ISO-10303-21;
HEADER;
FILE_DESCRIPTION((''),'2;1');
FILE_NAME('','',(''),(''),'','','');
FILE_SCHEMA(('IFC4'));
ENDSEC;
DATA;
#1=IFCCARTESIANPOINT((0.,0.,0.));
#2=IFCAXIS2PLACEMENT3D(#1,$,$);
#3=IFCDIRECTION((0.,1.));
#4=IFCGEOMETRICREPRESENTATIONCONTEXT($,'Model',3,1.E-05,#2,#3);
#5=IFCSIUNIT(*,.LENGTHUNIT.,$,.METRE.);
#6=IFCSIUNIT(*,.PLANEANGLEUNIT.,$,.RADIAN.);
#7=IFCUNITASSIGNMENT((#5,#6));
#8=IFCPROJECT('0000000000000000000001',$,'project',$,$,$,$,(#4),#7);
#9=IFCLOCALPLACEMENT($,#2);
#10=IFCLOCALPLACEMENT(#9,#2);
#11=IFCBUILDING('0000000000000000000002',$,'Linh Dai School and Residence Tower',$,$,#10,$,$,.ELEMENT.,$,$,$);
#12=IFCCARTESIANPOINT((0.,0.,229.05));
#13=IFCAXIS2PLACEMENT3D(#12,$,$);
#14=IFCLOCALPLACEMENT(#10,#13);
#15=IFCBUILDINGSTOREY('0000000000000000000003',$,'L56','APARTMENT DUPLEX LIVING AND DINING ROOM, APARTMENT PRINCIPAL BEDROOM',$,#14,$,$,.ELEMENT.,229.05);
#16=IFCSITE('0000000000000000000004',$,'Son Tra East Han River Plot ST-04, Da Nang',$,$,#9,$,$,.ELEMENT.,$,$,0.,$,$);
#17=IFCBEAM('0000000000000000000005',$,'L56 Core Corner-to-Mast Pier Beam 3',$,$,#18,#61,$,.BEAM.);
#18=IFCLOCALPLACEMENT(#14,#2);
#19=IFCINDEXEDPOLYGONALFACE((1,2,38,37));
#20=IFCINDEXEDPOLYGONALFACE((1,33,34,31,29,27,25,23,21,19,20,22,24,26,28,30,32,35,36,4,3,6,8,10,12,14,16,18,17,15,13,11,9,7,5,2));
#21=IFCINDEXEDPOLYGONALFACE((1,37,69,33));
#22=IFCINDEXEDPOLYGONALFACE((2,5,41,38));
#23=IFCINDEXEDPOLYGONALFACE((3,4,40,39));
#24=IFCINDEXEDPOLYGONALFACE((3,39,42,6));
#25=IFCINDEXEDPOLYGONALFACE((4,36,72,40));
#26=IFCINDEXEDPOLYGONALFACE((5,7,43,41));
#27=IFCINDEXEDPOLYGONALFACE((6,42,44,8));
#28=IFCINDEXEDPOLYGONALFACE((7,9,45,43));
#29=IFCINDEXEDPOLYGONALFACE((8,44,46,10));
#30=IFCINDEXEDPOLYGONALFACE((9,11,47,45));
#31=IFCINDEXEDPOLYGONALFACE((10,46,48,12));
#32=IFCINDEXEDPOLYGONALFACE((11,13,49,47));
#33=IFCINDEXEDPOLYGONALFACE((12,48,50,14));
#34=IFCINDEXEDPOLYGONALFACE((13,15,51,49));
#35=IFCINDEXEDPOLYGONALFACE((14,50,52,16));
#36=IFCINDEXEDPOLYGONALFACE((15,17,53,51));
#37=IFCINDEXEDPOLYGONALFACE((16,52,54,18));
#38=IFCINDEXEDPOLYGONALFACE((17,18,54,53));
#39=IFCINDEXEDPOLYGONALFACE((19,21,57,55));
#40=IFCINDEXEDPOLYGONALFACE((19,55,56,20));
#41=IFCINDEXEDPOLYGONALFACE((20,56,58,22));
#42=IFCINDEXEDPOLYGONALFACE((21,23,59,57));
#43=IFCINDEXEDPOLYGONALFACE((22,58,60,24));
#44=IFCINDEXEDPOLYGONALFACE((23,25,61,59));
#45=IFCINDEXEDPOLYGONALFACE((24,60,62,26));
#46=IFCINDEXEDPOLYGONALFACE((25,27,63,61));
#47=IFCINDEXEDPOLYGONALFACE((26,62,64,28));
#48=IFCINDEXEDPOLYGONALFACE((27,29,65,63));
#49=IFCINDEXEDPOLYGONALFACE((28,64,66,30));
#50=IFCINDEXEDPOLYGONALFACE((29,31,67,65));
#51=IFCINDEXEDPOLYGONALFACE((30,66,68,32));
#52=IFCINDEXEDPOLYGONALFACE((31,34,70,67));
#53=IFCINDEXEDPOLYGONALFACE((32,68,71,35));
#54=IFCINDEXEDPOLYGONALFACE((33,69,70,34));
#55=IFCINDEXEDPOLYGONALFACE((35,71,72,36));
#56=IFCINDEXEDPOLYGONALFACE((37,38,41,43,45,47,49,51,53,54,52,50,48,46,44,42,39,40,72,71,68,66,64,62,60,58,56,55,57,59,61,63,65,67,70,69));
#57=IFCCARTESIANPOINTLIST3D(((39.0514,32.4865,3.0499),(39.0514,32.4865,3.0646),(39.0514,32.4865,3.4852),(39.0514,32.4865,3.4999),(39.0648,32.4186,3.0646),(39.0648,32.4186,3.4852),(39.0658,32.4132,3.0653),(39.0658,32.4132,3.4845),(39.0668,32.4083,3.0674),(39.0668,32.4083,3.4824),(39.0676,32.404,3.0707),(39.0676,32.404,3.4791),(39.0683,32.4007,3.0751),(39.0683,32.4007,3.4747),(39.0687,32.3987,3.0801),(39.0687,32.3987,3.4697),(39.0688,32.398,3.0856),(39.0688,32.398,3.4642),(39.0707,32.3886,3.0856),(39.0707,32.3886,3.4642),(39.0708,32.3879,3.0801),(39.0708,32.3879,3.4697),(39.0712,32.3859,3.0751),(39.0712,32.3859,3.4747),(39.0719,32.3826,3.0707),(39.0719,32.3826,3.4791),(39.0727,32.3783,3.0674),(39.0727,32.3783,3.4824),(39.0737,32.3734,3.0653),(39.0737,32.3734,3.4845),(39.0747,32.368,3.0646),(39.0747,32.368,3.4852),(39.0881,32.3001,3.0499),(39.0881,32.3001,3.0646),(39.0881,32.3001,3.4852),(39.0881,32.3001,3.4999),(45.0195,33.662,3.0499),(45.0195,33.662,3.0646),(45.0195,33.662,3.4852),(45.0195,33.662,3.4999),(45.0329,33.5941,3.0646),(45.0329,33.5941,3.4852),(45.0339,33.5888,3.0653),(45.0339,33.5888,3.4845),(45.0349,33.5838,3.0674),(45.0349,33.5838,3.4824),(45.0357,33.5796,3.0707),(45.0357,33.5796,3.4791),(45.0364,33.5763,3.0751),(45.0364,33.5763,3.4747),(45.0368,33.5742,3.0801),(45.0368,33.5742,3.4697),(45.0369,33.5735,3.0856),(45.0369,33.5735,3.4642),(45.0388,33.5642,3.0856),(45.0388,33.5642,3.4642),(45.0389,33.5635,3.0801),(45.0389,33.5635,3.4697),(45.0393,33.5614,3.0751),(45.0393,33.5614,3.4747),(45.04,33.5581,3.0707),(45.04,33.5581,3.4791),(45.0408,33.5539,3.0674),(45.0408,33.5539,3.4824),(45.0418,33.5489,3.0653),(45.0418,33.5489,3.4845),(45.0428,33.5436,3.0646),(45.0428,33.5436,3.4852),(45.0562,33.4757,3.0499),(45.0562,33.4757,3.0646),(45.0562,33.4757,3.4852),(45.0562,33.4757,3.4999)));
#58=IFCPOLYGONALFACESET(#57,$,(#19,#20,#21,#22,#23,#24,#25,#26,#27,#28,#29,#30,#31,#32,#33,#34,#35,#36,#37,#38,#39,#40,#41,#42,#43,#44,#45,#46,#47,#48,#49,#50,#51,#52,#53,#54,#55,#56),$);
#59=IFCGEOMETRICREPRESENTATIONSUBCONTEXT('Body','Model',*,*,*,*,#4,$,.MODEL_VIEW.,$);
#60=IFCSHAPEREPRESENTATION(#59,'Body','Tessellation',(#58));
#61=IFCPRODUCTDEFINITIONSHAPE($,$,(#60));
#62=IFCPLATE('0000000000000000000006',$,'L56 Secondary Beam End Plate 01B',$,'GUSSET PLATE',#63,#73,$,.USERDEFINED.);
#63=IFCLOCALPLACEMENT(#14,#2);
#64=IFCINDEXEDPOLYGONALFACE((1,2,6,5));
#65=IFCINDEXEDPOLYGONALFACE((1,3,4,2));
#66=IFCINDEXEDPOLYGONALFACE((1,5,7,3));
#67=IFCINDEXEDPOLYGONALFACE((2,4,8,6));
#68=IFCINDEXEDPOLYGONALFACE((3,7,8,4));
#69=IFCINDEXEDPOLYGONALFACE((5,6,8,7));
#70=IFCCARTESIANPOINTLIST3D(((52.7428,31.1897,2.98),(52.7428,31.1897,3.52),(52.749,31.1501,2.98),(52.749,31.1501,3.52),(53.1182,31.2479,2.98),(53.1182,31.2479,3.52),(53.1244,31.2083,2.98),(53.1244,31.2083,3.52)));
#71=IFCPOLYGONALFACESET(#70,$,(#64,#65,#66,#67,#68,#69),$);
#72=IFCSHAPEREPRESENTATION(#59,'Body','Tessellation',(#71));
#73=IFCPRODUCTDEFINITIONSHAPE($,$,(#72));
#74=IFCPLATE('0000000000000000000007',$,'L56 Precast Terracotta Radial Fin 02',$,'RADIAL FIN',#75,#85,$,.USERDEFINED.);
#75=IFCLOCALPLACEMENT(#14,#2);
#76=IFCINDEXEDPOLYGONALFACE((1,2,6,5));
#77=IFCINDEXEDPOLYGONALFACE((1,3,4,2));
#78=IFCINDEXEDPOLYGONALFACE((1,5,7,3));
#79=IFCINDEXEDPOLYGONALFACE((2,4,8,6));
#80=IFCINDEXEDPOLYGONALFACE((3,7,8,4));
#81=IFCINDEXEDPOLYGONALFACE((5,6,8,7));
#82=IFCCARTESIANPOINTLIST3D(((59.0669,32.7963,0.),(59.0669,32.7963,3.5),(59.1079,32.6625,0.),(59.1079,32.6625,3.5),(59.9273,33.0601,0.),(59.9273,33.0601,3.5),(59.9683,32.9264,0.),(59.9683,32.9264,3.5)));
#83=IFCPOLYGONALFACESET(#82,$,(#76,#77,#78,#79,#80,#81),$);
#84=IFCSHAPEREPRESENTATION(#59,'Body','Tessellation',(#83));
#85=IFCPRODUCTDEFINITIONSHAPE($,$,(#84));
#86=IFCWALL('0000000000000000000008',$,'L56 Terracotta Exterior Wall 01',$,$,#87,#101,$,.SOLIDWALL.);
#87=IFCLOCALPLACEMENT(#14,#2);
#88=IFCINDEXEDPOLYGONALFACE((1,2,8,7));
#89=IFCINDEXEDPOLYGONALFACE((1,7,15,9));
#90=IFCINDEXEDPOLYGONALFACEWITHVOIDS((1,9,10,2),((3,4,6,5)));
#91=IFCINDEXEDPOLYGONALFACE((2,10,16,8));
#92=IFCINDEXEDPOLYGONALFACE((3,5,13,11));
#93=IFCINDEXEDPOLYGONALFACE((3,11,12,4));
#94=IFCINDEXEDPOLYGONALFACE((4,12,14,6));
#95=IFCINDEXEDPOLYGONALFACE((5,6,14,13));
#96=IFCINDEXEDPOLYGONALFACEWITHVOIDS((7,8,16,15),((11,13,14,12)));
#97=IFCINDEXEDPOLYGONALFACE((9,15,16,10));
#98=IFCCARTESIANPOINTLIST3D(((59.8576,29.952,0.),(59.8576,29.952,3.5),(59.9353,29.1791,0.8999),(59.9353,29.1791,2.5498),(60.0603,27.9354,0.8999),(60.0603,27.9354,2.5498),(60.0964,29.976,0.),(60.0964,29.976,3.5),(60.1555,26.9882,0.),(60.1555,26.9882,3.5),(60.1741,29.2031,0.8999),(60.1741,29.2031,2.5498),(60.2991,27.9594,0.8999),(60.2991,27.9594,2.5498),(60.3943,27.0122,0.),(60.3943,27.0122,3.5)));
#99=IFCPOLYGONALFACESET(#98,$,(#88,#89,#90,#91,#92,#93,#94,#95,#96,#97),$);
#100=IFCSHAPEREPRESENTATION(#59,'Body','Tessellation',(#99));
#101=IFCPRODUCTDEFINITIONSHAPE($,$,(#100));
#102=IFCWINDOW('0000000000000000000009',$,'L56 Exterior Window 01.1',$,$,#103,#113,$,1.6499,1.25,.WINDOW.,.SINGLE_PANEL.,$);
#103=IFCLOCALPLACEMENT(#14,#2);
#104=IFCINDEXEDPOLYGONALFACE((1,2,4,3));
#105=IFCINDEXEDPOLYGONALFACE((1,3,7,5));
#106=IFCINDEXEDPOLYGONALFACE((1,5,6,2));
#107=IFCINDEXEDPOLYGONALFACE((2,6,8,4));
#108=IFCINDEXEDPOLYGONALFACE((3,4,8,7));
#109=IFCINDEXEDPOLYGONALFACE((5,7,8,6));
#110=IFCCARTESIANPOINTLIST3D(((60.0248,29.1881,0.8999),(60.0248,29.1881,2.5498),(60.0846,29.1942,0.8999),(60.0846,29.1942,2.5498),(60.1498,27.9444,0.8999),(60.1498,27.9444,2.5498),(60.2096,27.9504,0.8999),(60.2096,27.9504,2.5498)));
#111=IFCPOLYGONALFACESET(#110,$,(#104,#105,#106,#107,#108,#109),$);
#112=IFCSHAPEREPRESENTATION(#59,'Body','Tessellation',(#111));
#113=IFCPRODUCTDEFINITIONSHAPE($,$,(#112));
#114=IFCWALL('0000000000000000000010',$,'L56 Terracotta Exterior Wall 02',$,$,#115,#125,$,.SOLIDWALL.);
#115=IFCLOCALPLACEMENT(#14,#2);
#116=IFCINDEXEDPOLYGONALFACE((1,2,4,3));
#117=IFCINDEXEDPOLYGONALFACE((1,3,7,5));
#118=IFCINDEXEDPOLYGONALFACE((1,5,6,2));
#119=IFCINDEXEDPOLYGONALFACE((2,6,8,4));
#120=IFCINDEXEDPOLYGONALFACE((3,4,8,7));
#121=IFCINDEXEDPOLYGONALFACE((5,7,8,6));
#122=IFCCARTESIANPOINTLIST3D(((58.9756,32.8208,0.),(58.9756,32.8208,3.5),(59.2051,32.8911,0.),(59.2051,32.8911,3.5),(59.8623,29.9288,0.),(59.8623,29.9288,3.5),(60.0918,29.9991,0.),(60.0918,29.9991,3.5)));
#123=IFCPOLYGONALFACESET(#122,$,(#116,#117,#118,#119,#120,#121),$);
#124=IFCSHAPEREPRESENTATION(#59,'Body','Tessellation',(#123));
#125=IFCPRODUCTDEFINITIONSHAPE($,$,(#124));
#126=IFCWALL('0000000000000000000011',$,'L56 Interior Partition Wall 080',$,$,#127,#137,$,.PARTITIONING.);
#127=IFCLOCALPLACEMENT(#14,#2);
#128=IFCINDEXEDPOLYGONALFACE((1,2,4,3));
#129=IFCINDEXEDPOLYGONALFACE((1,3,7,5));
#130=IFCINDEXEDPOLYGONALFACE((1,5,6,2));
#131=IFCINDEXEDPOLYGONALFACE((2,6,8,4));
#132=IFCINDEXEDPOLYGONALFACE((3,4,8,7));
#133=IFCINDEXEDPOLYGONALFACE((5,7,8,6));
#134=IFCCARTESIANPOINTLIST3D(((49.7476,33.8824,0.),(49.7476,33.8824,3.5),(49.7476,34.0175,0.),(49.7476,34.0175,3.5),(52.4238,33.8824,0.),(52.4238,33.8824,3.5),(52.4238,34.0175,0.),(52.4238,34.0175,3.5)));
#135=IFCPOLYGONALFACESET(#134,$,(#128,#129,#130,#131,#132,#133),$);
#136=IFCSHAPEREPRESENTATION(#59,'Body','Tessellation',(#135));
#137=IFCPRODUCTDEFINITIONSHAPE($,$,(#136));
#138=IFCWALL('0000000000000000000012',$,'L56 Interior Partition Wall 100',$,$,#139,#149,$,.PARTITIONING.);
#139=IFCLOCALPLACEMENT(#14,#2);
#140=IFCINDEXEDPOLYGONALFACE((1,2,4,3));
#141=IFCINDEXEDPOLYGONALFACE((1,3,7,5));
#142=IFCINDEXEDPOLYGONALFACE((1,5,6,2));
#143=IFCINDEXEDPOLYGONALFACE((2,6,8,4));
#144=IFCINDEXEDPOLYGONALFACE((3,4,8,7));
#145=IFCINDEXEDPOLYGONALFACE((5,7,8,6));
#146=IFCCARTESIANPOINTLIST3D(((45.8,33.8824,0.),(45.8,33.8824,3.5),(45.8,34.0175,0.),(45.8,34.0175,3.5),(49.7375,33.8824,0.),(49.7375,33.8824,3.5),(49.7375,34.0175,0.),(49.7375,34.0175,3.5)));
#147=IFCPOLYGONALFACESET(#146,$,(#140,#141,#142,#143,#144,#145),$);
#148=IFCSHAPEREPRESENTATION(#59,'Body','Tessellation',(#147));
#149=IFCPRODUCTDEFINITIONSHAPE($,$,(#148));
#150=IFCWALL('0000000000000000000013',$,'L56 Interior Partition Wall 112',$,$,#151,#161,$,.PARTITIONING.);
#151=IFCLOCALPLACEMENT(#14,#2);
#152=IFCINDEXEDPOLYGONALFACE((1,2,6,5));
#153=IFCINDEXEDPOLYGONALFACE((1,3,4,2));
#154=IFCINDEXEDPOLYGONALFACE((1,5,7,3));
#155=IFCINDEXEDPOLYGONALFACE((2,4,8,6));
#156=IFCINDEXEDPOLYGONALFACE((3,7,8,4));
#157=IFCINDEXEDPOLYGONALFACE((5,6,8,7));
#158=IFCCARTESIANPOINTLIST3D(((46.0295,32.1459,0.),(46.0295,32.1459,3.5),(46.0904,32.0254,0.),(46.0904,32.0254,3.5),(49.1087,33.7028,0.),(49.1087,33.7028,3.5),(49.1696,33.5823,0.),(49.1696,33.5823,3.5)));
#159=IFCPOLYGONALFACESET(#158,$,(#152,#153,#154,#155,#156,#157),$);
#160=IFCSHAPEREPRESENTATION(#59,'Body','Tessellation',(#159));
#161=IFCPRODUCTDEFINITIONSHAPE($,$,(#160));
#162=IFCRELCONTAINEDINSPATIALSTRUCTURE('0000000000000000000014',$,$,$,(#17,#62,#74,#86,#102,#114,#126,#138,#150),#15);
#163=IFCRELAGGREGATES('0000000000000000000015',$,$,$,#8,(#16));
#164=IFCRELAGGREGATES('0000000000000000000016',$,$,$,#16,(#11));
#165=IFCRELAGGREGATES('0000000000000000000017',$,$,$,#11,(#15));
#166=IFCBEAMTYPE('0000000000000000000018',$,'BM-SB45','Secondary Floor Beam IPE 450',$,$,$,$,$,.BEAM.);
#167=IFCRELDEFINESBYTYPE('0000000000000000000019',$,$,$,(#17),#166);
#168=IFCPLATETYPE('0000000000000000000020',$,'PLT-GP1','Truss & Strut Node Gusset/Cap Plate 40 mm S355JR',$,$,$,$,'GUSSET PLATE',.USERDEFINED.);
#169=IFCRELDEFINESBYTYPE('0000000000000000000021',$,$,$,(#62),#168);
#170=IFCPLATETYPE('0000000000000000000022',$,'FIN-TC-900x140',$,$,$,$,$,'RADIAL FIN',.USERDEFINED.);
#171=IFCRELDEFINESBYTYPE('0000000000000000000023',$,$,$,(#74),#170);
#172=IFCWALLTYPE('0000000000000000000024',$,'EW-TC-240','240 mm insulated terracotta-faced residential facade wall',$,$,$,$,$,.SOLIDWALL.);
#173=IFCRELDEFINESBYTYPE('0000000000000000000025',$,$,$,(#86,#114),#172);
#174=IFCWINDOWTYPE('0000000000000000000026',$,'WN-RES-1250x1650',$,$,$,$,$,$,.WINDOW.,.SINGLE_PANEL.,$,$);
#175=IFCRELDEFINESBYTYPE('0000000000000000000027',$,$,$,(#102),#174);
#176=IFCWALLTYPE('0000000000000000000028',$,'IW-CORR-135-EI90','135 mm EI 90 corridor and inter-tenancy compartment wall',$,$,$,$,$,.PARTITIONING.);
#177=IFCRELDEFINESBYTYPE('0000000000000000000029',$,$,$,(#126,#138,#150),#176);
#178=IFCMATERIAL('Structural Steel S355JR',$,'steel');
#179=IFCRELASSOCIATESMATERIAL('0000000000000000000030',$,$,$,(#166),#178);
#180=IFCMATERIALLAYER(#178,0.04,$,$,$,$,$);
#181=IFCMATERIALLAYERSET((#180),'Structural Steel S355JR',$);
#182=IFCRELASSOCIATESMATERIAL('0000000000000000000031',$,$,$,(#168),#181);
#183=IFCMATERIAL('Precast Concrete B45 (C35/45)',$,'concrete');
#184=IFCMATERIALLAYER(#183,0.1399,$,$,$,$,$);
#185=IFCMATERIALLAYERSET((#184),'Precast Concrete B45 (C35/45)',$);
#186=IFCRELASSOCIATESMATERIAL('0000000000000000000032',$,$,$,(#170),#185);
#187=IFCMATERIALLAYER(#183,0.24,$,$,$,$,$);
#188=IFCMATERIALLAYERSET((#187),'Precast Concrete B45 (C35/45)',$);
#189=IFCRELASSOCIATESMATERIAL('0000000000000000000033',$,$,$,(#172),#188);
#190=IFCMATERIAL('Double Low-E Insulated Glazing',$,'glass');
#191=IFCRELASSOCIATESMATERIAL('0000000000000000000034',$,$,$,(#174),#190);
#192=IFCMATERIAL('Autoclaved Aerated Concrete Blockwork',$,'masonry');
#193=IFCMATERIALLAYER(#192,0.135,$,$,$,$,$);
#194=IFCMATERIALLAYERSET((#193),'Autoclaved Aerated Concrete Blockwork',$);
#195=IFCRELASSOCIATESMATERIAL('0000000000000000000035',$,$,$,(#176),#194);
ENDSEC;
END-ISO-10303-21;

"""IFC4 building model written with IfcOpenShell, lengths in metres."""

from ifc_helpers import new_model, si_unit, direction, frame, frame_2d, origin, origin_2d, place, context, subcontext, project, spatial, rectangle, i_section, extrude, source, transform, mapped, material, layer, layer_set, material_profile, profile_set, type_object, element, fill, save


model = new_model("IFC4")

# Units and contexts
model_context = context("Model", 3, precision=1e-05, world=origin(), true_north=direction((0.0, 1.0)))
body_context = subcontext(model_context, "Body", "Model", "MODEL_VIEW")
ifc_project = project(units=[si_unit("LENGTHUNIT", "METRE"), si_unit("PLANEANGLEUNIT", "RADIAN")], contexts=[model_context])

# Site, building, storey
site_placement = place(None, origin())
site = spatial("IfcSite", under=ifc_project, at=site_placement, Name="Son Tra East Han River Plot ST-04, Da Nang", CompositionType="ELEMENT", RefElevation=0.0)
building_placement = place(site_placement, origin())
building = spatial("IfcBuilding", under=site, at=building_placement, Name="Linh Dai School and Residence Tower", CompositionType="ELEMENT")
storey_placement = place(building_placement, frame((0.0, 0.0, 229.05)))
storey = spatial("IfcBuildingStorey", under=building, at=storey_placement, Name="L56", Description="APARTMENT DUPLEX LIVING AND DINING ROOM, APARTMENT PRINCIPAL BEDROOM", CompositionType="ELEMENT", Elevation=229.05)

# Shared definitions
ifc_material_1 = material(Name="Structural Steel S355JR", Category="steel")

# Beam
ifc_material_profile_1 = material_profile(ifc_material_1, i_section(OverallWidth=0.1899, OverallDepth=0.45, WebThickness=0.0095, FlangeThickness=0.0146, FilletRadius=0.021, at=origin_2d()), Name="IPE 450")
ifc_profile_set_1 = profile_set([ifc_material_profile_1], Name="Structural Steel S355JR")
beam_type_1 = type_object("IfcBeamType", Name="BM-SB45", Description="Secondary Floor Beam IPE 450", PredefinedType="BEAM", material=ifc_profile_set_1)
beam_1_placement = place(storey_placement, frame((45.0378, 33.5688, 3.2749), z_axis=(-0.981148, -0.193259, 0.0), x_axis=(0.193259, -0.981148, 0.0)))
element("IfcBeam", 1, at=beam_1_placement, inside=storey, type_object=beam_type_1, Name="L56 Core Corner-to-Mast Pier Beam 3", PredefinedType="BEAM", context=body_context, shape_type="SweptSolid", body=[
    extrude(i_section(OverallWidth=0.1899, OverallDepth=0.45, WebThickness=0.0095, FlangeThickness=0.0146, FilletRadius=0.021, at=origin_2d()), origin(), (0.0, 0.0, 1.0), 6.0828),
])

# Plates
ifc_layer_1 = layer(ifc_material_1, 0.04)
ifc_layer_set_1 = layer_set([ifc_layer_1], Name="Structural Steel S355JR")
plate_type_1 = type_object("IfcPlateType", Name="PLT-GP1", Description="Truss & Strut Node Gusset/Cap Plate 40 mm S355JR", ElementType="GUSSET PLATE", PredefinedType="USERDEFINED", material=ifc_layer_set_1)
shared_shape_1 = source(origin(), body_context, "Body", "SweptSolid", [
    extrude(rectangle(XDim=0.04, YDim=0.3799, at=origin_2d()), origin(), (0.0, 0.0, 1.0), 0.54),
])
plate_1_placement = place(storey_placement, frame((52.9336, 31.199, 2.98), z_axis=(0.0, 0.0, 1.0), x_axis=(-0.153186, 0.988197, 0.0)))
element("IfcPlate", 2, at=plate_1_placement, inside=storey, type_object=plate_type_1, Name="L56 Secondary Beam End Plate 01B", ObjectType="GUSSET PLATE", PredefinedType="USERDEFINED", context=body_context, shape_type="MappedRepresentation", body=[
    mapped(shared_shape_1, transform((0.0, 0.0, 0.0), x_axis=(1.0, 0.0, 0.0), y_axis=(0.0, 1.0, 0.0), z_axis=(0.0, 0.0, 1.0), scale=1.0)),
])
ifc_material_2 = material(Name="Precast Concrete B45 (C35/45)", Category="concrete")
ifc_layer_2 = layer(ifc_material_2, 0.1399)
ifc_layer_set_2 = layer_set([ifc_layer_2], Name="Precast Concrete B45 (C35/45)")
plate_type_2 = type_object("IfcPlateType", Name="FIN-TC-900x140", ElementType="RADIAL FIN", PredefinedType="USERDEFINED", material=ifc_layer_set_2)
shared_shape_2 = source(origin(), body_context, "Body", "SweptSolid", [
    extrude(rectangle(XDim=0.8999, YDim=0.1399, at=origin_2d()), origin(), (0.0, 0.0, 1.0), 3.5),
])
plate_2_placement = place(storey_placement, frame((59.5176, 32.8613, 0.0), z_axis=(0.0, 0.0, 1.0), x_axis=(0.956064, 0.293157, 0.0)))
element("IfcPlate", 3, at=plate_2_placement, inside=storey, type_object=plate_type_2, Name="L56 Precast Terracotta Radial Fin 02", ObjectType="RADIAL FIN", PredefinedType="USERDEFINED", context=body_context, shape_type="MappedRepresentation", body=[
    mapped(shared_shape_2, transform((0.0, 0.0, 0.0), x_axis=(1.0, 0.0, 0.0), y_axis=(0.0, 1.0, 0.0), z_axis=(0.0, 0.0, 1.0), scale=1.0)),
])

# Wall, opening, window
ifc_layer_3 = layer(ifc_material_2, 0.24)
ifc_layer_set_3 = layer_set([ifc_layer_3], Name="Precast Concrete B45 (C35/45)")
wall_type_1 = type_object("IfcWallType", Name="EW-TC-240", Description="240 mm insulated terracotta-faced residential facade wall", PredefinedType="SOLIDWALL", material=ifc_layer_set_3)
wall_1_placement = place(storey_placement, frame((59.9771, 29.9639, 0.0), z_axis=(0.0, 0.0, 1.0), x_axis=(0.099991, -0.994988, 0.0)))
wall_1 = element("IfcWall", 4, at=wall_1_placement, inside=storey, type_object=wall_type_1, Name="L56 Terracotta Exterior Wall 01", PredefinedType="SOLIDWALL", context=body_context, shape_type="SweptSolid", body=[
    extrude(rectangle(XDim=2.9788, YDim=0.24, at=frame_2d((1.4893, 0.0))), origin(), (0.0, 0.0, 1.0), 3.5),
])
opening_1_placement = place(wall_1_placement, frame((0.7766, 0.0, 0.8999)))
opening_1 = element("IfcOpeningElement", 5, at=opening_1_placement, cuts=wall_1, PredefinedType="OPENING", context=body_context, shape_type="SweptSolid", body=[
    extrude(rectangle(XDim=1.25, YDim=1.6499, at=origin_2d()), frame((0.625, 0.1299, 0.825), z_axis=(0.0, -1.0, 0.0), x_axis=(1.0, 0.0, 0.0)), (0.0, 0.0, 1.0), 0.26),
])
ifc_material_3 = material(Name="Double Low-E Insulated Glazing", Category="glass")
window_type = type_object("IfcWindowType", Name="WN-RES-1250x1650", PartitioningType="SINGLE_PANEL", PredefinedType="WINDOW", material=ifc_material_3)
shared_shape_3 = source(origin(), body_context, "Body", "SweptSolid", [
    extrude(rectangle(XDim=1.25, YDim=1.6499, at=origin_2d()), frame((0.625, 0.03, 0.825), z_axis=(0.0, -1.0, 0.0), x_axis=(1.0, 0.0, 0.0)), (0.0, 0.0, 1.0), 0.0601),
])
window_placement = place(opening_1_placement, origin())
window = element("IfcWindow", 6, at=window_placement, inside=storey, type_object=window_type, Name="L56 Exterior Window 01.1", OverallHeight=1.6499, OverallWidth=1.25, PartitioningType="SINGLE_PANEL", PredefinedType="WINDOW", context=body_context, shape_type="MappedRepresentation", body=[
    mapped(shared_shape_3, transform((0.0, 0.0, 0.0), x_axis=(1.0, 0.0, 0.0), y_axis=(0.0, 1.0, 0.0), z_axis=(0.0, 0.0, 1.0), scale=1.0)),
])
fill(opening_1, window)

# Walls
wall_2_placement = place(storey_placement, frame((59.0903, 32.856, 0.0), z_axis=(0.0, 0.0, 1.0), x_axis=(0.293133, -0.956072, 0.0)))
element("IfcWall", 7, at=wall_2_placement, inside=storey, type_object=wall_type_1, Name="L56 Terracotta Exterior Wall 02", PredefinedType="SOLIDWALL", context=body_context, shape_type="SweptSolid", body=[
    extrude(rectangle(XDim=3.0249, YDim=0.24, at=frame_2d((1.5125, 0.0))), origin(), (0.0, 0.0, 1.0), 3.5),
])
ifc_material_4 = material(Name="Autoclaved Aerated Concrete Blockwork", Category="masonry")
ifc_layer_4 = layer(ifc_material_4, 0.135)
ifc_layer_set_4 = layer_set([ifc_layer_4], Name="Autoclaved Aerated Concrete Blockwork")
wall_type_2 = type_object("IfcWallType", Name="IW-CORR-135-EI90", Description="135 mm EI 90 corridor and inter-tenancy compartment wall", PredefinedType="PARTITIONING", material=ifc_layer_set_4)
wall_3_placement = place(storey_placement, frame((49.7476, 33.95, 0.0), z_axis=(0.0, 0.0, 1.0), x_axis=(1.0, 0.0, 0.0)))
element("IfcWall", 8, at=wall_3_placement, inside=storey, type_object=wall_type_2, Name="L56 Interior Partition Wall 080", PredefinedType="PARTITIONING", context=body_context, shape_type="SweptSolid", body=[
    extrude(rectangle(XDim=2.6763, YDim=0.135, at=frame_2d((1.3381, 0.0))), origin(), (0.0, 0.0, 1.0), 3.5),
])
wall_4_placement = place(storey_placement, frame((49.7375, 33.95, 0.0), z_axis=(0.0, 0.0, 1.0), x_axis=(-1.0, 0.0, 0.0)))
element("IfcWall", 9, at=wall_4_placement, inside=storey, type_object=wall_type_2, Name="L56 Interior Partition Wall 100", PredefinedType="PARTITIONING", context=body_context, shape_type="SweptSolid", body=[
    extrude(rectangle(XDim=3.9375, YDim=0.135, at=frame_2d((1.9688, 0.0))), origin(), (0.0, 0.0, 1.0), 3.5),
])
wall_5_placement = place(storey_placement, frame((46.0601, 32.0857, 0.0), z_axis=(0.0, 0.0, 1.0), x_axis=(0.892409, 0.451228, 0.0)))
element("IfcWall", 10, at=wall_5_placement, inside=storey, type_object=wall_type_2, Name="L56 Interior Partition Wall 112", PredefinedType="PARTITIONING", context=body_context, shape_type="SweptSolid", body=[
    extrude(rectangle(XDim=3.4504, YDim=0.135, at=frame_2d((1.7251, 0.0))), origin(), (0.0, 0.0, 1.0), 3.5),
])

save(model, "model.ifc")
